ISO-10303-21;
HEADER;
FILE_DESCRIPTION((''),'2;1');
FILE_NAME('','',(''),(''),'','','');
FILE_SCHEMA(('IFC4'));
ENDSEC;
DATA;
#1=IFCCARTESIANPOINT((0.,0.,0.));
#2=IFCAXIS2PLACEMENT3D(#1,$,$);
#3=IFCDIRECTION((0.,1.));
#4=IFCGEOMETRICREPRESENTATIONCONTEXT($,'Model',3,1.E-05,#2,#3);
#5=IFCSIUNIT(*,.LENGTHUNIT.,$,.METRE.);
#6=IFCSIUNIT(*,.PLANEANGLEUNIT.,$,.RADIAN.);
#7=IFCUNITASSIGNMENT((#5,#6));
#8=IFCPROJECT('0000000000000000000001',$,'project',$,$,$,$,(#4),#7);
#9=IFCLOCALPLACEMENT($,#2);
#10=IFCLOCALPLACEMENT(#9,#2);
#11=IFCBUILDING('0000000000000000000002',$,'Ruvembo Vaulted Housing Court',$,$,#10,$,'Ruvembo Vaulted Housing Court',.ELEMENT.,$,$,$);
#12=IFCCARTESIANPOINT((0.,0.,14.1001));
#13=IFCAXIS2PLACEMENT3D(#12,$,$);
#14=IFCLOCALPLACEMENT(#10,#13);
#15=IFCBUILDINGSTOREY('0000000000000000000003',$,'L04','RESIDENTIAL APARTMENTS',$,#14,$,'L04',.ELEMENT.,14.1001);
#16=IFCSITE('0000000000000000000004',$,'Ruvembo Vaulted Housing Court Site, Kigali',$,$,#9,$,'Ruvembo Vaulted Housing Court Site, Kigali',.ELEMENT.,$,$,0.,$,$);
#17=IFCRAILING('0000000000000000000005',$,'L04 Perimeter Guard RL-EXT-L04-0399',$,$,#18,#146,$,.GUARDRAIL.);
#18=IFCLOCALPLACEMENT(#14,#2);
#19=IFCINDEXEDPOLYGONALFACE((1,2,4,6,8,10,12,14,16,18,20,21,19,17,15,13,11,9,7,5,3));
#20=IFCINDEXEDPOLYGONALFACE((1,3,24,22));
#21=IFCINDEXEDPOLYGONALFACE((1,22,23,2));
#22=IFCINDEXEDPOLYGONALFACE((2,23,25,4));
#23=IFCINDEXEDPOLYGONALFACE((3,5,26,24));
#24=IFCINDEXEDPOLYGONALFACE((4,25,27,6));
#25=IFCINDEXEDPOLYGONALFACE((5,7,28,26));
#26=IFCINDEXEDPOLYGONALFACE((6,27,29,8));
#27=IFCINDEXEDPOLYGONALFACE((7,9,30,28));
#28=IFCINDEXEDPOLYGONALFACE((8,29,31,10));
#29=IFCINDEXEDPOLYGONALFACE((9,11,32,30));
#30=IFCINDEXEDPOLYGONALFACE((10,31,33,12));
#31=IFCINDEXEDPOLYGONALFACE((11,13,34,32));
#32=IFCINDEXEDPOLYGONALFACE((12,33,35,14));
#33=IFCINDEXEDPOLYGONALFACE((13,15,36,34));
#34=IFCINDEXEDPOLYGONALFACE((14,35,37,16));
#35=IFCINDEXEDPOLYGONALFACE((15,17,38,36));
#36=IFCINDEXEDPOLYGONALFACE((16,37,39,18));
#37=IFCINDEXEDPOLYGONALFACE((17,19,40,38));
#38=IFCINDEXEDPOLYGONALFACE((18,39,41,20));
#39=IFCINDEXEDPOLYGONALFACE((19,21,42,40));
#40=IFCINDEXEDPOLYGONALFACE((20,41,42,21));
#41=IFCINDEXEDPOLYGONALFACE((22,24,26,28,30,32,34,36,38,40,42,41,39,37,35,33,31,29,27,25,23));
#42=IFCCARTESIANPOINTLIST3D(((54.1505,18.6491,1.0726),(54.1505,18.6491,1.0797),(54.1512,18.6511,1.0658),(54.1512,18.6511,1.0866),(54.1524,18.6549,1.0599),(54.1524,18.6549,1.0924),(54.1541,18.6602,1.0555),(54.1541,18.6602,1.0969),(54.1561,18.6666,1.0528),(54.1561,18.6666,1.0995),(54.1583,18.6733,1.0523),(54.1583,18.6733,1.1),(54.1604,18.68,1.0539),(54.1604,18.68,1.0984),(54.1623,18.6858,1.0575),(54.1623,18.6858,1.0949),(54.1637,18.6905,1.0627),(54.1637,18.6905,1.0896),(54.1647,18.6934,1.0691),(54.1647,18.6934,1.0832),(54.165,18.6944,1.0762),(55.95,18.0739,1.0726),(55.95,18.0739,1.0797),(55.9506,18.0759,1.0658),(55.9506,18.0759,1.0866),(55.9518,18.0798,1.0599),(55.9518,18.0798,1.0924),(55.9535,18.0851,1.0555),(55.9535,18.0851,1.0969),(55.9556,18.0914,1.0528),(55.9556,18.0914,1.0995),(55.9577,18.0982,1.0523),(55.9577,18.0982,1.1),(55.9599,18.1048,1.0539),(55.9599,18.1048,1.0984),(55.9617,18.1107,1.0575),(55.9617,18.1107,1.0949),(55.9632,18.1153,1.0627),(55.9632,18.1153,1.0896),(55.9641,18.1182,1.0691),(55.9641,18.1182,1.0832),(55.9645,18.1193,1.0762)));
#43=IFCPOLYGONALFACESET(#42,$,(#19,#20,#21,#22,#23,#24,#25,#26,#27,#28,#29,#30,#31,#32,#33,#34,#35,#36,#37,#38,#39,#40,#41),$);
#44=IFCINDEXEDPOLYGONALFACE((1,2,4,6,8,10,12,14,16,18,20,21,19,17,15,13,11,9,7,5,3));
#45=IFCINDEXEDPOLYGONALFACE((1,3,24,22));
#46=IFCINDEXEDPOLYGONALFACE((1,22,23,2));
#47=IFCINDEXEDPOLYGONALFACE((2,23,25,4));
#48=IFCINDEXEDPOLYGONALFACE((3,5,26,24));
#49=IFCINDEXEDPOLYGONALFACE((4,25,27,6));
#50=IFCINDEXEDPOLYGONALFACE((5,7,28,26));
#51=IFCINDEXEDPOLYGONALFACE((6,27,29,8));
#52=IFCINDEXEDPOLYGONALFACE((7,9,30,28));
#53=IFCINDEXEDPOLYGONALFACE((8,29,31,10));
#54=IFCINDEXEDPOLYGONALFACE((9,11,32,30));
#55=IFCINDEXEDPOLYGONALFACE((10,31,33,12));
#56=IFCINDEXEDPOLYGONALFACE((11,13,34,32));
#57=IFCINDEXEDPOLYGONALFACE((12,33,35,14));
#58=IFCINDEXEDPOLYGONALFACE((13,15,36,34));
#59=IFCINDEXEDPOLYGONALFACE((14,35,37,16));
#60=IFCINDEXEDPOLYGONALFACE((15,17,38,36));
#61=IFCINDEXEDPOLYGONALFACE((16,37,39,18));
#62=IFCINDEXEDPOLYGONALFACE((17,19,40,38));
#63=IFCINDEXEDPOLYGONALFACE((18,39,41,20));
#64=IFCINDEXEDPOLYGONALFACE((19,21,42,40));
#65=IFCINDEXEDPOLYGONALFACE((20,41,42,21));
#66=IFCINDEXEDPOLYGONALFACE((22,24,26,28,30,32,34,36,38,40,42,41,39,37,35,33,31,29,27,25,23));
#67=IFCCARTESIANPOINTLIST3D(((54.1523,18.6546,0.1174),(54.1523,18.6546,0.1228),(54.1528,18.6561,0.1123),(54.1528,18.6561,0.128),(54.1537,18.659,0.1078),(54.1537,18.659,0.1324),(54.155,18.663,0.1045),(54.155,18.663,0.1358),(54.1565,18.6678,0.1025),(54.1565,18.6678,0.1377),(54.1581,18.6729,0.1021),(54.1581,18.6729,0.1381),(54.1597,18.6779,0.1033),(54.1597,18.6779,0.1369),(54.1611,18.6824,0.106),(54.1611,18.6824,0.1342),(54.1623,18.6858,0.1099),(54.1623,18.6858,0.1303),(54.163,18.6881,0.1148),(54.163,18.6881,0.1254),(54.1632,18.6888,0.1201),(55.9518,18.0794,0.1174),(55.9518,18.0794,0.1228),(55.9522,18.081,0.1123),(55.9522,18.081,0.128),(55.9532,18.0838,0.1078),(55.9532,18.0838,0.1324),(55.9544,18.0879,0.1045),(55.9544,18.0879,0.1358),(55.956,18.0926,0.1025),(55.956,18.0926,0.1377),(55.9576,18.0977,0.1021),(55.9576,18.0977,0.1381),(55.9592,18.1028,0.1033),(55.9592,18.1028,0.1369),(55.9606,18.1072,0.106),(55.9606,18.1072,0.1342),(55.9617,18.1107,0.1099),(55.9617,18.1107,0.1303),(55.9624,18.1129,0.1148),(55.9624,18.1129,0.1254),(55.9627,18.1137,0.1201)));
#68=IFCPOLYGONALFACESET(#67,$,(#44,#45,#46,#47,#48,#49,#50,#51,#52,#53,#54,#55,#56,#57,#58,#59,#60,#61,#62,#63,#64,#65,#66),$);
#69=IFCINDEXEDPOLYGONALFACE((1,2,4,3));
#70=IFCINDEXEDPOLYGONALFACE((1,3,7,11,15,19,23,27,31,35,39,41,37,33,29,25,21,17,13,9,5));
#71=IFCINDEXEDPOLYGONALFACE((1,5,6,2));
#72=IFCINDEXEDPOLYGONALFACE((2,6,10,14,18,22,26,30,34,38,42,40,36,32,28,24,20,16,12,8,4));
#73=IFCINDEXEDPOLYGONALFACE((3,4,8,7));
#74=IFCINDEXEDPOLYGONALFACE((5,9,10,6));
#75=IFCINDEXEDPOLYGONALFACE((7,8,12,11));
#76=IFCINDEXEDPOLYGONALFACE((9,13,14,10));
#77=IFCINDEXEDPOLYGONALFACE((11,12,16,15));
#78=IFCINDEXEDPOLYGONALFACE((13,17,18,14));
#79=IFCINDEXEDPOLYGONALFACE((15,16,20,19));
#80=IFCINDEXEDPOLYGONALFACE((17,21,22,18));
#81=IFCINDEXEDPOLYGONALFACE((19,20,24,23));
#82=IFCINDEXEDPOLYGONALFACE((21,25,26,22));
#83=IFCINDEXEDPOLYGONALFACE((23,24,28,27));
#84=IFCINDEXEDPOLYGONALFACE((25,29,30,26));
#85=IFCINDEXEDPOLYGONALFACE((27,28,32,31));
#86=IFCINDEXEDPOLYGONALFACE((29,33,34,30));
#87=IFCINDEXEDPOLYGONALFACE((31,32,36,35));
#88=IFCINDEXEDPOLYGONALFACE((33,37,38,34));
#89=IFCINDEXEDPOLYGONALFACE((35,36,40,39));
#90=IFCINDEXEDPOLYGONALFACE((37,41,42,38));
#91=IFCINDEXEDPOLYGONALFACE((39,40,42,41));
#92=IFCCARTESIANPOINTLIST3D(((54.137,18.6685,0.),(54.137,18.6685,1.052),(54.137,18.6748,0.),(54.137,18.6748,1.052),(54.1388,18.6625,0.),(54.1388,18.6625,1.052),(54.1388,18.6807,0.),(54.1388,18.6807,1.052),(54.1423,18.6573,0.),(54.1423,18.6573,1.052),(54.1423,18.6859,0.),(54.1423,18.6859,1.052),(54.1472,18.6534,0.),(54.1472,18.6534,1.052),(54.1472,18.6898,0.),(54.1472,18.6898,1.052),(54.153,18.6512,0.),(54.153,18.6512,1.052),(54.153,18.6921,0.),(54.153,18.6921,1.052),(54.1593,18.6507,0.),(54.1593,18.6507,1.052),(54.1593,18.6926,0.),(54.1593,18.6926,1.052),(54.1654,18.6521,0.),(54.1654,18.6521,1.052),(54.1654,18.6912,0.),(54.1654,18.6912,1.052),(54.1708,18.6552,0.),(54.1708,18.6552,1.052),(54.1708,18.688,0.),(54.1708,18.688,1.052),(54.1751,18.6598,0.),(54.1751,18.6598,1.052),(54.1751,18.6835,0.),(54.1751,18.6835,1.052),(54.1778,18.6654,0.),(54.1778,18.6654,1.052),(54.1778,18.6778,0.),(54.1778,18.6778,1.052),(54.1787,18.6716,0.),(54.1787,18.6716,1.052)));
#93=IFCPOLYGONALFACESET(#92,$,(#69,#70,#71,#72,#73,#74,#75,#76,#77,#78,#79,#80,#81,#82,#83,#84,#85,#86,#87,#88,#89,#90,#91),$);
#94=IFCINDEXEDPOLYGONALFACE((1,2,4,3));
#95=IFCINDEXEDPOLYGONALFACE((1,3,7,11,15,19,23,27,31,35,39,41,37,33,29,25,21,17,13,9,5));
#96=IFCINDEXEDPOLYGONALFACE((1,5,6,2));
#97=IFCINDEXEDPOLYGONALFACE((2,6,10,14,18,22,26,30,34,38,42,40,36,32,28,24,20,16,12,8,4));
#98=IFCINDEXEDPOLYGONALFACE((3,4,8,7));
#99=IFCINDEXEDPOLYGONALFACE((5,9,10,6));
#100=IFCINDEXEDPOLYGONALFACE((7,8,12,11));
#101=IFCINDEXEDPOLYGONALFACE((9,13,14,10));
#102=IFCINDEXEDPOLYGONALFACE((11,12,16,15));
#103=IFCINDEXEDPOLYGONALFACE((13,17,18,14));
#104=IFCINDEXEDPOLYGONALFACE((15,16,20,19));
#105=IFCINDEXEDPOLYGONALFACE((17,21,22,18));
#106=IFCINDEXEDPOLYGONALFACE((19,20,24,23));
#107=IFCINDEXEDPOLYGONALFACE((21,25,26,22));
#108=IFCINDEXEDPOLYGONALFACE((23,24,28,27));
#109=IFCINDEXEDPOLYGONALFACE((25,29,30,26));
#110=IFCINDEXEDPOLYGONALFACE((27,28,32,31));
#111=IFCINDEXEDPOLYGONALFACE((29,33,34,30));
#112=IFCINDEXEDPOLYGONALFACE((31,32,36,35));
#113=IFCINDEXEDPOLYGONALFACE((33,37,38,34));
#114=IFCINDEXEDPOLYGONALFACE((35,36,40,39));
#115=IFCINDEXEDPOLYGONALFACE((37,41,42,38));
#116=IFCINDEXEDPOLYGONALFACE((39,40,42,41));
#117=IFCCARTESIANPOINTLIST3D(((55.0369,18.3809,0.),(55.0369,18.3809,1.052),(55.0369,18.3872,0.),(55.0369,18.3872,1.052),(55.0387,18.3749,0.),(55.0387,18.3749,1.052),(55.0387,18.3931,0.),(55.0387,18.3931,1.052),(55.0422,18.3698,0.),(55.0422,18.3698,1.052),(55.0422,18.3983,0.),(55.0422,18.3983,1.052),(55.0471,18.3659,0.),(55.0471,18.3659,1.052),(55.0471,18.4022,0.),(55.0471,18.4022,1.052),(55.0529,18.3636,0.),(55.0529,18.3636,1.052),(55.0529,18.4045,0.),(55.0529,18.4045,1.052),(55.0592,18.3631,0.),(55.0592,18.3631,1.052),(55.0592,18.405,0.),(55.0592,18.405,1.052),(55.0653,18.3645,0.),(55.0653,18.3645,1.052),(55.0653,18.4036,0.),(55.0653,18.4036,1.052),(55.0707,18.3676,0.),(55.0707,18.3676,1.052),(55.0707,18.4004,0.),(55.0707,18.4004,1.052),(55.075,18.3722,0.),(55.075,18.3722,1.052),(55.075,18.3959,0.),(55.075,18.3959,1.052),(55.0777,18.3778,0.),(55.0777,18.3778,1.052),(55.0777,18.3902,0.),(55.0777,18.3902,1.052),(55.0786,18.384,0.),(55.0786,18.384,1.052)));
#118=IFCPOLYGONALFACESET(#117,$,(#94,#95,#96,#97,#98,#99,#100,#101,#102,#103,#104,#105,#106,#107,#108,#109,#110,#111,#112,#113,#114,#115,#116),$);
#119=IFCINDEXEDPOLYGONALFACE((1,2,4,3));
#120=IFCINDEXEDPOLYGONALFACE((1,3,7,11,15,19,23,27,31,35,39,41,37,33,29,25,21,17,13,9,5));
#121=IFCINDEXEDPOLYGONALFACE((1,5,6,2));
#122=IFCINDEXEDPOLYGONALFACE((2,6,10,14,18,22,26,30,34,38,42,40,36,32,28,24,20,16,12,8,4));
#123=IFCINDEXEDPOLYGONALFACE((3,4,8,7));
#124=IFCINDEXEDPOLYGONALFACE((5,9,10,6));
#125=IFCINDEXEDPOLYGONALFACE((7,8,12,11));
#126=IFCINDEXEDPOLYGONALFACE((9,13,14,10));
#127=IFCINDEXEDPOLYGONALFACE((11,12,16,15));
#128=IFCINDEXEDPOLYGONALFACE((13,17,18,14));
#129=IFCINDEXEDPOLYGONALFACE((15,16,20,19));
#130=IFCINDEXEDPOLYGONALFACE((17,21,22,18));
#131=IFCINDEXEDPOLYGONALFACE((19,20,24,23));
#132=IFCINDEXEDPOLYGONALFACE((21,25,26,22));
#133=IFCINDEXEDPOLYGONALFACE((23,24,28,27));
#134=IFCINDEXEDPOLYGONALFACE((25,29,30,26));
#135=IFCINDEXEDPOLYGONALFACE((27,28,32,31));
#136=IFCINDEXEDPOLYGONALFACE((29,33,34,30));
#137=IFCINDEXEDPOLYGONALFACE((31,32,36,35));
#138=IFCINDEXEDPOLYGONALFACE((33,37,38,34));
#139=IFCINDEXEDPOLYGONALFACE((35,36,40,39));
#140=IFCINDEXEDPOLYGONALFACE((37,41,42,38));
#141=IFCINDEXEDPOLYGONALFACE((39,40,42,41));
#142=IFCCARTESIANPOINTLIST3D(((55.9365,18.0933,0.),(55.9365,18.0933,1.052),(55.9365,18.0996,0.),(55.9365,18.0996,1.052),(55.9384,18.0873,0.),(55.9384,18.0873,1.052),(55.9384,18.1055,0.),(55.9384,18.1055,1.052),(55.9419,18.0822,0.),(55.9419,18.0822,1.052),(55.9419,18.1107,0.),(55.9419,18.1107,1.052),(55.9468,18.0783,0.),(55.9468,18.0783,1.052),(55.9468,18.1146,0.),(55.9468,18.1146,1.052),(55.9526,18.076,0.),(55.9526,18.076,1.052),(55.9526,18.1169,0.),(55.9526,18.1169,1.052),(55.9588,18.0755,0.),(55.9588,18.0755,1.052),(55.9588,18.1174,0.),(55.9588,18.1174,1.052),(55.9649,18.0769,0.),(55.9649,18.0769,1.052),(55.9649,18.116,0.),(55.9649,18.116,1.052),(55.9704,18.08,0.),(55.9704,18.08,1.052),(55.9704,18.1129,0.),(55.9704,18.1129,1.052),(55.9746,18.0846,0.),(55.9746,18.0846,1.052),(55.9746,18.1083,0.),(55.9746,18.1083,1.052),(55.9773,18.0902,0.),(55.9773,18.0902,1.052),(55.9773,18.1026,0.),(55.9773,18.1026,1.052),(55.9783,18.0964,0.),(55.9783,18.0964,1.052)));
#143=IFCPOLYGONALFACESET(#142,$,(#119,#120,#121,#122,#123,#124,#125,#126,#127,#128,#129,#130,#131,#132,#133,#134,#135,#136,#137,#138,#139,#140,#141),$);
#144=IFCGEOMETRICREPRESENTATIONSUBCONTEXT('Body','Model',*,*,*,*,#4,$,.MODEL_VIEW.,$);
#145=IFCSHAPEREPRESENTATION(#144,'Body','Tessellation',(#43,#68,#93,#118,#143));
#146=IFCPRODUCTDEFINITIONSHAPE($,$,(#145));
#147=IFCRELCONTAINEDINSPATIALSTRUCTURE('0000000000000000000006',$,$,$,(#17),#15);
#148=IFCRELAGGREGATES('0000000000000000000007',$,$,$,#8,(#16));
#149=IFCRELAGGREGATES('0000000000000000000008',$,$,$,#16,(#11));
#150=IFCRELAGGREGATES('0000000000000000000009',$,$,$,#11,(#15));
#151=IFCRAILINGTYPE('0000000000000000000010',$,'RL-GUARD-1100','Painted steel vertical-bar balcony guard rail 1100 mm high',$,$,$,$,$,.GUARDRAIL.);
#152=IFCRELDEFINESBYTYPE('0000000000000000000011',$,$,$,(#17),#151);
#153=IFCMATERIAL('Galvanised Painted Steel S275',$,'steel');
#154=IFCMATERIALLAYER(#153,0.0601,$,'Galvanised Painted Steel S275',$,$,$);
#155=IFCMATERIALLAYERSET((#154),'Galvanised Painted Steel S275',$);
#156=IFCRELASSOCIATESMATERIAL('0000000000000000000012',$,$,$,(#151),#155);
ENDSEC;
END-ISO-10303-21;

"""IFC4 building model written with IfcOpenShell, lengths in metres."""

from ifc_helpers import new_model, si_unit, direction, frame, origin, origin_2d, place, context, subcontext, project, spatial, circle, extrude, material, layer, layer_set, type_object, element, save


model = new_model("IFC4")

# Units and contexts
model_context = context("Model", 3, precision=1e-05, world=origin(), true_north=direction((0.0, 1.0)))
body_context = subcontext(model_context, "Body", "Model", "MODEL_VIEW")
ifc_project = project(units=[si_unit("LENGTHUNIT", "METRE"), si_unit("PLANEANGLEUNIT", "RADIAN")], contexts=[model_context])

# Site, building, storey
site_placement = place(None, origin())
site = spatial("IfcSite", under=ifc_project, at=site_placement, Name="Ruvembo Vaulted Housing Court Site, Kigali", LongName="Ruvembo Vaulted Housing Court Site, Kigali", CompositionType="ELEMENT", RefElevation=0.0)
building_placement = place(site_placement, origin())
building = spatial("IfcBuilding", under=site, at=building_placement, Name="Ruvembo Vaulted Housing Court", LongName="Ruvembo Vaulted Housing Court", CompositionType="ELEMENT")
storey_placement = place(building_placement, frame((0.0, 0.0, 14.1001)))
storey = spatial("IfcBuildingStorey", under=building, at=storey_placement, Name="L04", Description="RESIDENTIAL APARTMENTS", LongName="L04", CompositionType="ELEMENT", Elevation=14.1001)

# Railing
ifc_material_1 = material(Name="Galvanised Painted Steel S275", Category="steel")
ifc_layer = layer(ifc_material_1, 0.0601, Name="Galvanised Painted Steel S275")
ifc_layer_set = layer_set([ifc_layer], Name="Galvanised Painted Steel S275")
railing_type = type_object("IfcRailingType", Name="RL-GUARD-1100", Description="Painted steel vertical-bar balcony guard rail 1100 mm high", PredefinedType="GUARDRAIL", material=ifc_layer_set)
railing_1_placement = place(storey_placement, frame((54.1577, 18.6716, 0.0)))
element("IfcRailing", 1, at=railing_1_placement, inside=storey, type_object=railing_type, Name="L04 Perimeter Guard RL-EXT-L04-0399", PredefinedType="GUARDRAIL", context=body_context, shape_type="SweptSolid", body=[
    extrude(circle(Radius=0.0239, at=origin_2d()), frame((0.0, 0.0, 1.0762), z_axis=(0.952526, -0.304457, 0.0), x_axis=(0.304457, 0.952526, 0.0)), (0.0, 0.0, 1.0), 1.8892),
    extrude(circle(Radius=0.0181, at=origin_2d()), frame((0.0, 0.0, 0.1201), z_axis=(0.952526, -0.304457, 0.0), x_axis=(0.304457, 0.952526, 0.0)), (0.0, 0.0, 1.0), 1.8892),
    extrude(circle(Radius=0.021, at=origin_2d()), origin(), (0.0, 0.0, 1.0), 1.052),
    extrude(circle(Radius=0.021, at=origin_2d()), frame((0.8999, -0.2876, 0.0)), (0.0, 0.0, 1.0), 1.052),
    extrude(circle(Radius=0.021, at=origin_2d()), frame((1.7996, -0.5752, 0.0)), (0.0, 0.0, 1.0), 1.052),
])

save(model, "model.ifc")
